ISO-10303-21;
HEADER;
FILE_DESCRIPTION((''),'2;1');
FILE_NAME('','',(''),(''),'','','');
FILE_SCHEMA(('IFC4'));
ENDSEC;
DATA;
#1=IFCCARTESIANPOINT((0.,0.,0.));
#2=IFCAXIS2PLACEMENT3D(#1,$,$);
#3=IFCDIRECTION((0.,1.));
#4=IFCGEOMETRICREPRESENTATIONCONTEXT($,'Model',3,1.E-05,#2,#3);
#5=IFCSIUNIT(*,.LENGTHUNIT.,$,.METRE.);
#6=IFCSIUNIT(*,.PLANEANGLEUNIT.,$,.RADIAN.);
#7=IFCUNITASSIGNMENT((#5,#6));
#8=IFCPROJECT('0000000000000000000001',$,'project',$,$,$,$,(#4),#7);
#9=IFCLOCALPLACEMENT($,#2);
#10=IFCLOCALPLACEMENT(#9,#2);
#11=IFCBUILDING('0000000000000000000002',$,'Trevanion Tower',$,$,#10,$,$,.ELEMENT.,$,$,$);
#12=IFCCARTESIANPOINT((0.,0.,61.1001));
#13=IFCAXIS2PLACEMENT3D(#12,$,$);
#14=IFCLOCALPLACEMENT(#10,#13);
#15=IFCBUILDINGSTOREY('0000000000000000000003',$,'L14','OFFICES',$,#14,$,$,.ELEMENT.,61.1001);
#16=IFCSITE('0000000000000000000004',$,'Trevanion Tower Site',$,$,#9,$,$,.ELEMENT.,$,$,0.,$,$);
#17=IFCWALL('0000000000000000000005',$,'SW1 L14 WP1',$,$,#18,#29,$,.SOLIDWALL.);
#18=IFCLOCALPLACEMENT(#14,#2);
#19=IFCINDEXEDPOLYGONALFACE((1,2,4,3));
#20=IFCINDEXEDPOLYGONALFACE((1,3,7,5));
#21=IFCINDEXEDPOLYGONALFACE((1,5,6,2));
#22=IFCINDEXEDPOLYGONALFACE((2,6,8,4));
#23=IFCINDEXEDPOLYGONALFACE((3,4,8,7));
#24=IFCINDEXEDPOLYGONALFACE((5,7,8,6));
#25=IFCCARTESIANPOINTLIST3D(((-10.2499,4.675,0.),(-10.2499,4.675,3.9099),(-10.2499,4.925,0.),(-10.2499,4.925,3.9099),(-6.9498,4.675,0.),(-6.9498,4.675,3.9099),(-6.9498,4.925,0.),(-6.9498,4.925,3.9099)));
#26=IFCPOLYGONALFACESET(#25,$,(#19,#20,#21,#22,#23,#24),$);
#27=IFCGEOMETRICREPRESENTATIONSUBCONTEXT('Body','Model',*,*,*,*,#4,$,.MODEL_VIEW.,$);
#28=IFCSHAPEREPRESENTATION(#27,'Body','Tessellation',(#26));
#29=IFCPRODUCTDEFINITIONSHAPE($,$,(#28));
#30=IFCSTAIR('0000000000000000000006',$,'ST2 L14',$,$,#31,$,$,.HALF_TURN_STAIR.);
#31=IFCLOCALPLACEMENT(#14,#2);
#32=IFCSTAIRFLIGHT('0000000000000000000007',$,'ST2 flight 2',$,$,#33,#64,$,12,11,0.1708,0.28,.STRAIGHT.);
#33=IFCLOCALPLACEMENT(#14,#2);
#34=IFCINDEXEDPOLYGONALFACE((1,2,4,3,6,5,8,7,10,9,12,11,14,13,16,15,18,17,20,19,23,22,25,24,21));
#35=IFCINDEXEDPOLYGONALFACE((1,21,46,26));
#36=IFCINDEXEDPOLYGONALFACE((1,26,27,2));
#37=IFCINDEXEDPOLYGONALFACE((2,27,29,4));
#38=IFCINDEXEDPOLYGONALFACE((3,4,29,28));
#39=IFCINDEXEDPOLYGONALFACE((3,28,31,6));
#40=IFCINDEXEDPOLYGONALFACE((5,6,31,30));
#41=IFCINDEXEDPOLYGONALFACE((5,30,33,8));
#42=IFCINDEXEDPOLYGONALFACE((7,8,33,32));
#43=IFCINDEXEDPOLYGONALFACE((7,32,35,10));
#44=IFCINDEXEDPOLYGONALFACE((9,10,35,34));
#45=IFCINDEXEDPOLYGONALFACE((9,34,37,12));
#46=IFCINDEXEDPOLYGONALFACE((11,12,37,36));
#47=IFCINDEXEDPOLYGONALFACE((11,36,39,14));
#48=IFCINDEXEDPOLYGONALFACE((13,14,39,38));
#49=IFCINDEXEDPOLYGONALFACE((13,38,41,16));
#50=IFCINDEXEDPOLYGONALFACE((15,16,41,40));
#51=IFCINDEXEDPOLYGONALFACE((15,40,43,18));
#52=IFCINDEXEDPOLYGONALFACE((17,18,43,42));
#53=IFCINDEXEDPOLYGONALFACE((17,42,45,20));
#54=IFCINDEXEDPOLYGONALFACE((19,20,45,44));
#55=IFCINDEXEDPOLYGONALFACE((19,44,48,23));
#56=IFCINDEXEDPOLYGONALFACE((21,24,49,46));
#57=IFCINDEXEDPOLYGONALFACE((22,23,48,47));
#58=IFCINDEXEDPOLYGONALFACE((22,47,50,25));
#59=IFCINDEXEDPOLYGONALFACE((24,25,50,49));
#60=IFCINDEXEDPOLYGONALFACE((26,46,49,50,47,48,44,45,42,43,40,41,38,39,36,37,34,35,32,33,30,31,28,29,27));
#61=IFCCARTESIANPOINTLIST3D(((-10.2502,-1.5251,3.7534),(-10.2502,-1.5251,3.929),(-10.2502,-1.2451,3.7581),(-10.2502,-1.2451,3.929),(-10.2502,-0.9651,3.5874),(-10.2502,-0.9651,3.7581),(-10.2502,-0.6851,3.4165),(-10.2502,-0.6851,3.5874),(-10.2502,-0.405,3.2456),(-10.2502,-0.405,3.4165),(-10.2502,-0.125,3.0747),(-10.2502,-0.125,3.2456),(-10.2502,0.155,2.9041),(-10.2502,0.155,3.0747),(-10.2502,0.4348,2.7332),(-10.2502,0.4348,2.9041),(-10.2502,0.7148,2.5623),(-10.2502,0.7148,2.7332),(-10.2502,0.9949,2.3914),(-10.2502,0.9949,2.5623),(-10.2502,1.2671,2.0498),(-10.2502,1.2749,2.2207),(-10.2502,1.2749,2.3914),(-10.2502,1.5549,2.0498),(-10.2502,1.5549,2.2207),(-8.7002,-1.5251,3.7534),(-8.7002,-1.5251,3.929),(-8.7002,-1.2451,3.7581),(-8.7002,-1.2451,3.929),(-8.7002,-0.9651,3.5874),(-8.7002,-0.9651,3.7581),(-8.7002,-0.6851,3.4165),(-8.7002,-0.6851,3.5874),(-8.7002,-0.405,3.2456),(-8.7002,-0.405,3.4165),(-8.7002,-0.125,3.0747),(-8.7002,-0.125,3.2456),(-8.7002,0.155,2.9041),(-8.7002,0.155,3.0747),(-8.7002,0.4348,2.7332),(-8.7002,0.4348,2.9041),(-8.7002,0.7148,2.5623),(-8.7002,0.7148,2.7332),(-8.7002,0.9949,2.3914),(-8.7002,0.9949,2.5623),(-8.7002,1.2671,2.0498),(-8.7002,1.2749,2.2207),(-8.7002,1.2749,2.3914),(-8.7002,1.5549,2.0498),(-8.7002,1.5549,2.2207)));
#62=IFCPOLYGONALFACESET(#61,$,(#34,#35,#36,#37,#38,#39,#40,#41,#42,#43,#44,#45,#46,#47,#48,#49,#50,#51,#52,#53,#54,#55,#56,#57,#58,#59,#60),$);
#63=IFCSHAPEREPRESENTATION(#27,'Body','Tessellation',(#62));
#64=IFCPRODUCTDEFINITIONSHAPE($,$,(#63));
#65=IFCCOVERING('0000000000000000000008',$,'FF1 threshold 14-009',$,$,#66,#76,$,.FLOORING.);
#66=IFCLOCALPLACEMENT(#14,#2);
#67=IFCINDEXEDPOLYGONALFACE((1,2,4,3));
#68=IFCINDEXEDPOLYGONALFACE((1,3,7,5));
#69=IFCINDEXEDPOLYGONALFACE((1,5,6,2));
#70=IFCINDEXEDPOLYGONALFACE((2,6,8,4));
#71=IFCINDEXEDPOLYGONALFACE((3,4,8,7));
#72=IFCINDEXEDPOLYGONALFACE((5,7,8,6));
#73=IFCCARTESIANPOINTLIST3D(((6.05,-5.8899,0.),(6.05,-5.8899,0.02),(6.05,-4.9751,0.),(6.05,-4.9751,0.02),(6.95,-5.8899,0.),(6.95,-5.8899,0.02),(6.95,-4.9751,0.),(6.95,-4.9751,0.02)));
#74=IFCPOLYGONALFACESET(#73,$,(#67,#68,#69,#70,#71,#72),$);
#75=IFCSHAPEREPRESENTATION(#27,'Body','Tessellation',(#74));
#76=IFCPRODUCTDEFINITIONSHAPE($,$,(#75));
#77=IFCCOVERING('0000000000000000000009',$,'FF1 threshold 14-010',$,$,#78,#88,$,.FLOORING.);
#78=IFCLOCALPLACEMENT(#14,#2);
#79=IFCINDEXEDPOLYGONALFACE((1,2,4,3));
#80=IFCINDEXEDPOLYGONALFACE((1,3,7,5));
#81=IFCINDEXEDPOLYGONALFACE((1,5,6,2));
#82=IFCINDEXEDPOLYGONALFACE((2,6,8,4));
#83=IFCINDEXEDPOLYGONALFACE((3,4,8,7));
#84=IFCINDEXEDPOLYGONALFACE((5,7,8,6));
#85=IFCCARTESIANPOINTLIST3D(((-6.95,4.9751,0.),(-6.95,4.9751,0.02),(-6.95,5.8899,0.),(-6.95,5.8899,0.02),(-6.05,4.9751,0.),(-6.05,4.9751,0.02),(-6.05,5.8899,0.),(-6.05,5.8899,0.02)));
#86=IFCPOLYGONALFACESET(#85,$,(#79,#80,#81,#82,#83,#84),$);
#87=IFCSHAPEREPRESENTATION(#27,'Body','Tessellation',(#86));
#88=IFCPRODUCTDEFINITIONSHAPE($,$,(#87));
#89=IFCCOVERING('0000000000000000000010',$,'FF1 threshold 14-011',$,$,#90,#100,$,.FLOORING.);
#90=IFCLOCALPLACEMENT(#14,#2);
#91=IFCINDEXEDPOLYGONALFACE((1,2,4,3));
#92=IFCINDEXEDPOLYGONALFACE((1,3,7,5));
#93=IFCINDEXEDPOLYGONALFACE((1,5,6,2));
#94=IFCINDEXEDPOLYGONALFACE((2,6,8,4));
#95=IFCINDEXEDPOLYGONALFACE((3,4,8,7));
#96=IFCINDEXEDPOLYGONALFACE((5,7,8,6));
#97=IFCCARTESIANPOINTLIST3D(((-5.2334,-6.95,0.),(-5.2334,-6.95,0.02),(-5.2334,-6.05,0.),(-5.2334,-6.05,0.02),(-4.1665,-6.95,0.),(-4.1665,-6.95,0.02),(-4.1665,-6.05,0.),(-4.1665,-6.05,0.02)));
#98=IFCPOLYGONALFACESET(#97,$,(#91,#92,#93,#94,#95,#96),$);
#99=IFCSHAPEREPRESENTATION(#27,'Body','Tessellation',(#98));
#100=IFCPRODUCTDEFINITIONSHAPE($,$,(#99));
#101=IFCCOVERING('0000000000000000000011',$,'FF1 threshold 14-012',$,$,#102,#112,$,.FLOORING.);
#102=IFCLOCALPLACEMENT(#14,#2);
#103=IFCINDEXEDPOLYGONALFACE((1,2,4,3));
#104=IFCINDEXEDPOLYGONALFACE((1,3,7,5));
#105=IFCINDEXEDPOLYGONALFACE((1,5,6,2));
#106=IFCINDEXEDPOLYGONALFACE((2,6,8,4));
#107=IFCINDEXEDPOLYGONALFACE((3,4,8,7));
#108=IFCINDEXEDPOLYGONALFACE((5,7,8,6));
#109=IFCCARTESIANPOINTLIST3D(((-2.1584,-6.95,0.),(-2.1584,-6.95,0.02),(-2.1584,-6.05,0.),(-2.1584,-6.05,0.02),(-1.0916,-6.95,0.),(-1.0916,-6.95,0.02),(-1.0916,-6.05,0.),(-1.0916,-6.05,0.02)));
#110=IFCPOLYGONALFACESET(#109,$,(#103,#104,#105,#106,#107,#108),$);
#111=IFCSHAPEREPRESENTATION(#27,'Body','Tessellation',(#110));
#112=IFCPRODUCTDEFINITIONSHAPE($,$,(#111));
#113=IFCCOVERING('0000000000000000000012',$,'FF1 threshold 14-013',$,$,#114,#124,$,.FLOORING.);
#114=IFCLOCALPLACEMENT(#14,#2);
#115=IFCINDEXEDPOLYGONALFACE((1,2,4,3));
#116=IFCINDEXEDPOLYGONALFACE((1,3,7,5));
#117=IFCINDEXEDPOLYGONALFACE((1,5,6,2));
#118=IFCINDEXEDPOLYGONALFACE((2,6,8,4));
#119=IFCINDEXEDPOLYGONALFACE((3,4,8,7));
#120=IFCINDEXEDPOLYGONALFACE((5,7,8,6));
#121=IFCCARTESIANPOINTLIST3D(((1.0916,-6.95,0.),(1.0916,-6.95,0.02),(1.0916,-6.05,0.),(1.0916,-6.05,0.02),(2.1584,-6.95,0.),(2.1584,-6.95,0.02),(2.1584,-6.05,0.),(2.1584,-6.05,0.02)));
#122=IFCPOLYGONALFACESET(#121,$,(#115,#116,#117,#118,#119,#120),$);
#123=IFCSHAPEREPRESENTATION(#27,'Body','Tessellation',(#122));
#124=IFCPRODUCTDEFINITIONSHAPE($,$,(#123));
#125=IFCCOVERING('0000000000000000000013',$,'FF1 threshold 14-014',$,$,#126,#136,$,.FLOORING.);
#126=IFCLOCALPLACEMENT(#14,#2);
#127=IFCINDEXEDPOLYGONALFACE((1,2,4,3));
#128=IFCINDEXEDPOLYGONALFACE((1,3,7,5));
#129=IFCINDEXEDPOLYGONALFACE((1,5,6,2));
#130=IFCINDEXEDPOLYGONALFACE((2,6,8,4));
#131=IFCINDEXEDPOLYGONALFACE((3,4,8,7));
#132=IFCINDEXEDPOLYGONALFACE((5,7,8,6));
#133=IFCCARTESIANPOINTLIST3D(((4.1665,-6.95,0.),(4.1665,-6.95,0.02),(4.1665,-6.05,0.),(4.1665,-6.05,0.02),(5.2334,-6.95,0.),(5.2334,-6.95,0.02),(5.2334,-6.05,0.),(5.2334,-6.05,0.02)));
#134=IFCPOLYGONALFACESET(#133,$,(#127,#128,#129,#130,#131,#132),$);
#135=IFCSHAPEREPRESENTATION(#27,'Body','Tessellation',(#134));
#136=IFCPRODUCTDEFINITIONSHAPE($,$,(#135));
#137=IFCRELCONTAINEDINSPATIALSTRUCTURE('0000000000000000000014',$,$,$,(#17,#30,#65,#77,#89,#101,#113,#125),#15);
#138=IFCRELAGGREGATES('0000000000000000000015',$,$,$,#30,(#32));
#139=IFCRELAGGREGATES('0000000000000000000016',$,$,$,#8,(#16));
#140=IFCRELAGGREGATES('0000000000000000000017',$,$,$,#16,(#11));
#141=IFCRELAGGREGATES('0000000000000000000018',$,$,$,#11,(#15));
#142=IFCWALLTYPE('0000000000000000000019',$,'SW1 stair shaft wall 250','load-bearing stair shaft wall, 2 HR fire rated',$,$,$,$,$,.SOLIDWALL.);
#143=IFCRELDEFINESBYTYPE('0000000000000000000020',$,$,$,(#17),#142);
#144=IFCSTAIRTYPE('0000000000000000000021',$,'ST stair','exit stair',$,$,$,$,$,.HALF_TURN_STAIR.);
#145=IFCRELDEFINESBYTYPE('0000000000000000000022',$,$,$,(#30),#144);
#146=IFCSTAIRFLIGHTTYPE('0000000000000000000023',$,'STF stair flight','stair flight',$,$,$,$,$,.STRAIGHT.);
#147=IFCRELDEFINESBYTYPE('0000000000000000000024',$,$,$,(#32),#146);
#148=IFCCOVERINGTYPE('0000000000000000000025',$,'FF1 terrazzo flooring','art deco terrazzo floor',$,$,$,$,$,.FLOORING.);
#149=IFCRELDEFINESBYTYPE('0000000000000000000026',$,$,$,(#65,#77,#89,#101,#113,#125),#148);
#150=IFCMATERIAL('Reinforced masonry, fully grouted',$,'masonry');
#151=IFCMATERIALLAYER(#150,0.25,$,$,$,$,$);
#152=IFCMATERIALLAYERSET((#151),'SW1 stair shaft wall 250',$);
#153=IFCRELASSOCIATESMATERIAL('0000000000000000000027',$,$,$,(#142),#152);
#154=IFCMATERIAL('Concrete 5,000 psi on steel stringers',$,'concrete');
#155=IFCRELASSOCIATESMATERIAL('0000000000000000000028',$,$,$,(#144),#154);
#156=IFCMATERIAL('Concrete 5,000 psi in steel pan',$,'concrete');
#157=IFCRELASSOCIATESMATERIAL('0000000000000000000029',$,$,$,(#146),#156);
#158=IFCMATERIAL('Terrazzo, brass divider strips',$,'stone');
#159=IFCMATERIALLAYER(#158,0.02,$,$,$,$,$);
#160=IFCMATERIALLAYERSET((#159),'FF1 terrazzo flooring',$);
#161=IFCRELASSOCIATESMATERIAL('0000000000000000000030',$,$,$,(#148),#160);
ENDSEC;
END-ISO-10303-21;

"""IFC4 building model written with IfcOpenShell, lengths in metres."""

from ifc_helpers import new_model, si_unit, direction, frame, frame_2d, origin, place, context, subcontext, project, spatial, polyline, rectangle, outline, extrude, material, layer, layer_set, type_object, element, aggregate, save


model = new_model("IFC4")

# Units and contexts
model_context = context("Model", 3, precision=1e-05, world=origin(), true_north=direction((0.0, 1.0)))
body_context = subcontext(model_context, "Body", "Model", "MODEL_VIEW")
ifc_project = project(units=[si_unit("LENGTHUNIT", "METRE"), si_unit("PLANEANGLEUNIT", "RADIAN")], contexts=[model_context])

# Site, building, storey
site_placement = place(None, origin())
site = spatial("IfcSite", under=ifc_project, at=site_placement, Name="Trevanion Tower Site", CompositionType="ELEMENT", RefElevation=0.0)
building_placement = place(site_placement, origin())
building = spatial("IfcBuilding", under=site, at=building_placement, Name="Trevanion Tower", CompositionType="ELEMENT")
storey_placement = place(building_placement, frame((0.0, 0.0, 61.1001)))
storey = spatial("IfcBuildingStorey", under=building, at=storey_placement, Name="L14", Description="OFFICES", CompositionType="ELEMENT", Elevation=61.1001)

# Wall
ifc_material_1 = material(Name="Reinforced masonry, fully grouted", Category="masonry")
ifc_layer_1 = layer(ifc_material_1, 0.25)
ifc_layer_set_1 = layer_set([ifc_layer_1], Name="SW1 stair shaft wall 250")
wall_type_1 = type_object("IfcWallType", Name="SW1 stair shaft wall 250", Description="load-bearing stair shaft wall, 2 HR fire rated", PredefinedType="SOLIDWALL", material=ifc_layer_set_1)
wall_1_placement = place(storey_placement, frame((-6.95, 4.8, 0.0), z_axis=(0.0, 0.0, 1.0), x_axis=(-1.0, 0.0, 0.0)))
element("IfcWall", 1, at=wall_1_placement, inside=storey, type_object=wall_type_1, Name="SW1 L14 WP1", PredefinedType="SOLIDWALL", context=body_context, shape_type="SweptSolid", body=[
    extrude(rectangle(XDim=3.3, YDim=0.25, at=frame_2d((1.6499, 0.0))), origin(), (0.0, 0.0, 1.0), 3.9099),
])

# Stair, stair flight
ifc_material_2 = material(Name="Concrete 5,000 psi on steel stringers", Category="concrete")
stair_type = type_object("IfcStairType", Name="ST stair", Description="exit stair", PredefinedType="HALF_TURN_STAIR", material=ifc_material_2)
stair_placement = place(storey_placement, origin())
stair = element("IfcStair", 2, at=stair_placement, inside=storey, type_object=stair_type, Name="ST2 L14", PredefinedType="HALF_TURN_STAIR")
ifc_material_3 = material(Name="Concrete 5,000 psi in steel pan", Category="concrete")
stair_flight_type = type_object("IfcStairFlightType", Name="STF stair flight", Description="stair flight", PredefinedType="STRAIGHT", material=ifc_material_3)
stair_flight_placement = place(storey_placement, frame((-9.4751, 1.5549, 2.0498), z_axis=(0.0, 0.0, 1.0), x_axis=(0.0, -1.0, 0.0)))
stair_flight = element("IfcStairFlight", 3, at=stair_flight_placement, type_object=stair_flight_type, Name="ST2 flight 2", NumberOfRisers=12, NumberOfTreads=11, PredefinedType="STRAIGHT", RiserHeight=0.1708, TreadLength=0.28, context=body_context, shape_type="SweptSolid", body=[
    extrude(outline(polyline([(0.0, 0.0), (0.0, 0.1709), (0.28, 0.1709), (0.28, 0.3416), (0.5601, 0.3416), (0.5601, 0.5125), (0.8401, 0.5125), (0.8401, 0.6833), (1.1201, 0.6833), (1.1201, 0.8542), (1.3999, 0.8542), (1.3999, 1.0249), (1.6799, 1.0249), (1.6799, 1.1958), (1.96, 1.1958), (1.96, 1.3667), (2.24, 1.3667), (2.24, 1.5376), (2.52, 1.5376), (2.52, 1.7083), (2.8, 1.7083), (2.8, 1.8792), (3.0801, 1.8792), (3.0801, 2.05), (3.0801, 1.7036), (0.2878, 0.0), (0.0, 0.0)])), frame((0.0, 0.7749, 0.0), z_axis=(0.0, -1.0, 0.0), x_axis=(1.0, 0.0, 0.0)), (0.0, 0.0, 1.0), 1.55),
])
aggregate(stair, [stair_flight])

# Coverings
ifc_material_4 = material(Name="Terrazzo, brass divider strips", Category="stone")
ifc_layer_2 = layer(ifc_material_4, 0.02)
ifc_layer_set_2 = layer_set([ifc_layer_2], Name="FF1 terrazzo flooring")
covering_type = type_object("IfcCoveringType", Name="FF1 terrazzo flooring", Description="art deco terrazzo floor", PredefinedType="FLOORING", material=ifc_layer_set_2)
covering_1_placement = place(storey_placement, origin())
element("IfcCovering", 4, at=covering_1_placement, inside=storey, type_object=covering_type, Name="FF1 threshold 14-009", PredefinedType="FLOORING", context=body_context, shape_type="SweptSolid", body=[
    extrude(outline(polyline([(6.95, -5.8899), (6.95, -4.9751), (6.05, -4.9751), (6.05, -5.8899), (6.95, -5.8899)])), origin(), (0.0, 0.0, 1.0), 0.02),
])
covering_2_placement = place(storey_placement, origin())
element("IfcCovering", 5, at=covering_2_placement, inside=storey, type_object=covering_type, Name="FF1 threshold 14-010", PredefinedType="FLOORING", context=body_context, shape_type="SweptSolid", body=[
    extrude(outline(polyline([(-6.95, 5.8899), (-6.95, 4.9751), (-6.05, 4.9751), (-6.05, 5.8899), (-6.95, 5.8899)])), origin(), (0.0, 0.0, 1.0), 0.02),
])
covering_3_placement = place(storey_placement, origin())
element("IfcCovering", 6, at=covering_3_placement, inside=storey, type_object=covering_type, Name="FF1 threshold 14-011", PredefinedType="FLOORING", context=body_context, shape_type="SweptSolid", body=[
    extrude(outline(polyline([(-5.2334, -6.95), (-4.1665, -6.95), (-4.1665, -6.05), (-5.2334, -6.05), (-5.2334, -6.95)])), origin(), (0.0, 0.0, 1.0), 0.02),
])
covering_4_placement = place(storey_placement, origin())
element("IfcCovering", 7, at=covering_4_placement, inside=storey, type_object=covering_type, Name="FF1 threshold 14-012", PredefinedType="FLOORING", context=body_context, shape_type="SweptSolid", body=[
    extrude(outline(polyline([(-2.1584, -6.95), (-1.0916, -6.95), (-1.0916, -6.05), (-2.1584, -6.05), (-2.1584, -6.95)])), origin(), (0.0, 0.0, 1.0), 0.02),
])
covering_5_placement = place(storey_placement, origin())
element("IfcCovering", 8, at=covering_5_placement, inside=storey, type_object=covering_type, Name="FF1 threshold 14-013", PredefinedType="FLOORING", context=body_context, shape_type="SweptSolid", body=[
    extrude(outline(polyline([(1.0916, -6.95), (2.1584, -6.95), (2.1584, -6.05), (1.0916, -6.05), (1.0916, -6.95)])), origin(), (0.0, 0.0, 1.0), 0.02),
])
covering_6_placement = place(storey_placement, origin())
element("IfcCovering", 9, at=covering_6_placement, inside=storey, type_object=covering_type, Name="FF1 threshold 14-014", PredefinedType="FLOORING", context=body_context, shape_type="SweptSolid", body=[
    extrude(outline(polyline([(4.1665, -6.95), (5.2334, -6.95), (5.2334, -6.05), (4.1665, -6.05), (4.1665, -6.95)])), origin(), (0.0, 0.0, 1.0), 0.02),
])

save(model, "model.ifc")
